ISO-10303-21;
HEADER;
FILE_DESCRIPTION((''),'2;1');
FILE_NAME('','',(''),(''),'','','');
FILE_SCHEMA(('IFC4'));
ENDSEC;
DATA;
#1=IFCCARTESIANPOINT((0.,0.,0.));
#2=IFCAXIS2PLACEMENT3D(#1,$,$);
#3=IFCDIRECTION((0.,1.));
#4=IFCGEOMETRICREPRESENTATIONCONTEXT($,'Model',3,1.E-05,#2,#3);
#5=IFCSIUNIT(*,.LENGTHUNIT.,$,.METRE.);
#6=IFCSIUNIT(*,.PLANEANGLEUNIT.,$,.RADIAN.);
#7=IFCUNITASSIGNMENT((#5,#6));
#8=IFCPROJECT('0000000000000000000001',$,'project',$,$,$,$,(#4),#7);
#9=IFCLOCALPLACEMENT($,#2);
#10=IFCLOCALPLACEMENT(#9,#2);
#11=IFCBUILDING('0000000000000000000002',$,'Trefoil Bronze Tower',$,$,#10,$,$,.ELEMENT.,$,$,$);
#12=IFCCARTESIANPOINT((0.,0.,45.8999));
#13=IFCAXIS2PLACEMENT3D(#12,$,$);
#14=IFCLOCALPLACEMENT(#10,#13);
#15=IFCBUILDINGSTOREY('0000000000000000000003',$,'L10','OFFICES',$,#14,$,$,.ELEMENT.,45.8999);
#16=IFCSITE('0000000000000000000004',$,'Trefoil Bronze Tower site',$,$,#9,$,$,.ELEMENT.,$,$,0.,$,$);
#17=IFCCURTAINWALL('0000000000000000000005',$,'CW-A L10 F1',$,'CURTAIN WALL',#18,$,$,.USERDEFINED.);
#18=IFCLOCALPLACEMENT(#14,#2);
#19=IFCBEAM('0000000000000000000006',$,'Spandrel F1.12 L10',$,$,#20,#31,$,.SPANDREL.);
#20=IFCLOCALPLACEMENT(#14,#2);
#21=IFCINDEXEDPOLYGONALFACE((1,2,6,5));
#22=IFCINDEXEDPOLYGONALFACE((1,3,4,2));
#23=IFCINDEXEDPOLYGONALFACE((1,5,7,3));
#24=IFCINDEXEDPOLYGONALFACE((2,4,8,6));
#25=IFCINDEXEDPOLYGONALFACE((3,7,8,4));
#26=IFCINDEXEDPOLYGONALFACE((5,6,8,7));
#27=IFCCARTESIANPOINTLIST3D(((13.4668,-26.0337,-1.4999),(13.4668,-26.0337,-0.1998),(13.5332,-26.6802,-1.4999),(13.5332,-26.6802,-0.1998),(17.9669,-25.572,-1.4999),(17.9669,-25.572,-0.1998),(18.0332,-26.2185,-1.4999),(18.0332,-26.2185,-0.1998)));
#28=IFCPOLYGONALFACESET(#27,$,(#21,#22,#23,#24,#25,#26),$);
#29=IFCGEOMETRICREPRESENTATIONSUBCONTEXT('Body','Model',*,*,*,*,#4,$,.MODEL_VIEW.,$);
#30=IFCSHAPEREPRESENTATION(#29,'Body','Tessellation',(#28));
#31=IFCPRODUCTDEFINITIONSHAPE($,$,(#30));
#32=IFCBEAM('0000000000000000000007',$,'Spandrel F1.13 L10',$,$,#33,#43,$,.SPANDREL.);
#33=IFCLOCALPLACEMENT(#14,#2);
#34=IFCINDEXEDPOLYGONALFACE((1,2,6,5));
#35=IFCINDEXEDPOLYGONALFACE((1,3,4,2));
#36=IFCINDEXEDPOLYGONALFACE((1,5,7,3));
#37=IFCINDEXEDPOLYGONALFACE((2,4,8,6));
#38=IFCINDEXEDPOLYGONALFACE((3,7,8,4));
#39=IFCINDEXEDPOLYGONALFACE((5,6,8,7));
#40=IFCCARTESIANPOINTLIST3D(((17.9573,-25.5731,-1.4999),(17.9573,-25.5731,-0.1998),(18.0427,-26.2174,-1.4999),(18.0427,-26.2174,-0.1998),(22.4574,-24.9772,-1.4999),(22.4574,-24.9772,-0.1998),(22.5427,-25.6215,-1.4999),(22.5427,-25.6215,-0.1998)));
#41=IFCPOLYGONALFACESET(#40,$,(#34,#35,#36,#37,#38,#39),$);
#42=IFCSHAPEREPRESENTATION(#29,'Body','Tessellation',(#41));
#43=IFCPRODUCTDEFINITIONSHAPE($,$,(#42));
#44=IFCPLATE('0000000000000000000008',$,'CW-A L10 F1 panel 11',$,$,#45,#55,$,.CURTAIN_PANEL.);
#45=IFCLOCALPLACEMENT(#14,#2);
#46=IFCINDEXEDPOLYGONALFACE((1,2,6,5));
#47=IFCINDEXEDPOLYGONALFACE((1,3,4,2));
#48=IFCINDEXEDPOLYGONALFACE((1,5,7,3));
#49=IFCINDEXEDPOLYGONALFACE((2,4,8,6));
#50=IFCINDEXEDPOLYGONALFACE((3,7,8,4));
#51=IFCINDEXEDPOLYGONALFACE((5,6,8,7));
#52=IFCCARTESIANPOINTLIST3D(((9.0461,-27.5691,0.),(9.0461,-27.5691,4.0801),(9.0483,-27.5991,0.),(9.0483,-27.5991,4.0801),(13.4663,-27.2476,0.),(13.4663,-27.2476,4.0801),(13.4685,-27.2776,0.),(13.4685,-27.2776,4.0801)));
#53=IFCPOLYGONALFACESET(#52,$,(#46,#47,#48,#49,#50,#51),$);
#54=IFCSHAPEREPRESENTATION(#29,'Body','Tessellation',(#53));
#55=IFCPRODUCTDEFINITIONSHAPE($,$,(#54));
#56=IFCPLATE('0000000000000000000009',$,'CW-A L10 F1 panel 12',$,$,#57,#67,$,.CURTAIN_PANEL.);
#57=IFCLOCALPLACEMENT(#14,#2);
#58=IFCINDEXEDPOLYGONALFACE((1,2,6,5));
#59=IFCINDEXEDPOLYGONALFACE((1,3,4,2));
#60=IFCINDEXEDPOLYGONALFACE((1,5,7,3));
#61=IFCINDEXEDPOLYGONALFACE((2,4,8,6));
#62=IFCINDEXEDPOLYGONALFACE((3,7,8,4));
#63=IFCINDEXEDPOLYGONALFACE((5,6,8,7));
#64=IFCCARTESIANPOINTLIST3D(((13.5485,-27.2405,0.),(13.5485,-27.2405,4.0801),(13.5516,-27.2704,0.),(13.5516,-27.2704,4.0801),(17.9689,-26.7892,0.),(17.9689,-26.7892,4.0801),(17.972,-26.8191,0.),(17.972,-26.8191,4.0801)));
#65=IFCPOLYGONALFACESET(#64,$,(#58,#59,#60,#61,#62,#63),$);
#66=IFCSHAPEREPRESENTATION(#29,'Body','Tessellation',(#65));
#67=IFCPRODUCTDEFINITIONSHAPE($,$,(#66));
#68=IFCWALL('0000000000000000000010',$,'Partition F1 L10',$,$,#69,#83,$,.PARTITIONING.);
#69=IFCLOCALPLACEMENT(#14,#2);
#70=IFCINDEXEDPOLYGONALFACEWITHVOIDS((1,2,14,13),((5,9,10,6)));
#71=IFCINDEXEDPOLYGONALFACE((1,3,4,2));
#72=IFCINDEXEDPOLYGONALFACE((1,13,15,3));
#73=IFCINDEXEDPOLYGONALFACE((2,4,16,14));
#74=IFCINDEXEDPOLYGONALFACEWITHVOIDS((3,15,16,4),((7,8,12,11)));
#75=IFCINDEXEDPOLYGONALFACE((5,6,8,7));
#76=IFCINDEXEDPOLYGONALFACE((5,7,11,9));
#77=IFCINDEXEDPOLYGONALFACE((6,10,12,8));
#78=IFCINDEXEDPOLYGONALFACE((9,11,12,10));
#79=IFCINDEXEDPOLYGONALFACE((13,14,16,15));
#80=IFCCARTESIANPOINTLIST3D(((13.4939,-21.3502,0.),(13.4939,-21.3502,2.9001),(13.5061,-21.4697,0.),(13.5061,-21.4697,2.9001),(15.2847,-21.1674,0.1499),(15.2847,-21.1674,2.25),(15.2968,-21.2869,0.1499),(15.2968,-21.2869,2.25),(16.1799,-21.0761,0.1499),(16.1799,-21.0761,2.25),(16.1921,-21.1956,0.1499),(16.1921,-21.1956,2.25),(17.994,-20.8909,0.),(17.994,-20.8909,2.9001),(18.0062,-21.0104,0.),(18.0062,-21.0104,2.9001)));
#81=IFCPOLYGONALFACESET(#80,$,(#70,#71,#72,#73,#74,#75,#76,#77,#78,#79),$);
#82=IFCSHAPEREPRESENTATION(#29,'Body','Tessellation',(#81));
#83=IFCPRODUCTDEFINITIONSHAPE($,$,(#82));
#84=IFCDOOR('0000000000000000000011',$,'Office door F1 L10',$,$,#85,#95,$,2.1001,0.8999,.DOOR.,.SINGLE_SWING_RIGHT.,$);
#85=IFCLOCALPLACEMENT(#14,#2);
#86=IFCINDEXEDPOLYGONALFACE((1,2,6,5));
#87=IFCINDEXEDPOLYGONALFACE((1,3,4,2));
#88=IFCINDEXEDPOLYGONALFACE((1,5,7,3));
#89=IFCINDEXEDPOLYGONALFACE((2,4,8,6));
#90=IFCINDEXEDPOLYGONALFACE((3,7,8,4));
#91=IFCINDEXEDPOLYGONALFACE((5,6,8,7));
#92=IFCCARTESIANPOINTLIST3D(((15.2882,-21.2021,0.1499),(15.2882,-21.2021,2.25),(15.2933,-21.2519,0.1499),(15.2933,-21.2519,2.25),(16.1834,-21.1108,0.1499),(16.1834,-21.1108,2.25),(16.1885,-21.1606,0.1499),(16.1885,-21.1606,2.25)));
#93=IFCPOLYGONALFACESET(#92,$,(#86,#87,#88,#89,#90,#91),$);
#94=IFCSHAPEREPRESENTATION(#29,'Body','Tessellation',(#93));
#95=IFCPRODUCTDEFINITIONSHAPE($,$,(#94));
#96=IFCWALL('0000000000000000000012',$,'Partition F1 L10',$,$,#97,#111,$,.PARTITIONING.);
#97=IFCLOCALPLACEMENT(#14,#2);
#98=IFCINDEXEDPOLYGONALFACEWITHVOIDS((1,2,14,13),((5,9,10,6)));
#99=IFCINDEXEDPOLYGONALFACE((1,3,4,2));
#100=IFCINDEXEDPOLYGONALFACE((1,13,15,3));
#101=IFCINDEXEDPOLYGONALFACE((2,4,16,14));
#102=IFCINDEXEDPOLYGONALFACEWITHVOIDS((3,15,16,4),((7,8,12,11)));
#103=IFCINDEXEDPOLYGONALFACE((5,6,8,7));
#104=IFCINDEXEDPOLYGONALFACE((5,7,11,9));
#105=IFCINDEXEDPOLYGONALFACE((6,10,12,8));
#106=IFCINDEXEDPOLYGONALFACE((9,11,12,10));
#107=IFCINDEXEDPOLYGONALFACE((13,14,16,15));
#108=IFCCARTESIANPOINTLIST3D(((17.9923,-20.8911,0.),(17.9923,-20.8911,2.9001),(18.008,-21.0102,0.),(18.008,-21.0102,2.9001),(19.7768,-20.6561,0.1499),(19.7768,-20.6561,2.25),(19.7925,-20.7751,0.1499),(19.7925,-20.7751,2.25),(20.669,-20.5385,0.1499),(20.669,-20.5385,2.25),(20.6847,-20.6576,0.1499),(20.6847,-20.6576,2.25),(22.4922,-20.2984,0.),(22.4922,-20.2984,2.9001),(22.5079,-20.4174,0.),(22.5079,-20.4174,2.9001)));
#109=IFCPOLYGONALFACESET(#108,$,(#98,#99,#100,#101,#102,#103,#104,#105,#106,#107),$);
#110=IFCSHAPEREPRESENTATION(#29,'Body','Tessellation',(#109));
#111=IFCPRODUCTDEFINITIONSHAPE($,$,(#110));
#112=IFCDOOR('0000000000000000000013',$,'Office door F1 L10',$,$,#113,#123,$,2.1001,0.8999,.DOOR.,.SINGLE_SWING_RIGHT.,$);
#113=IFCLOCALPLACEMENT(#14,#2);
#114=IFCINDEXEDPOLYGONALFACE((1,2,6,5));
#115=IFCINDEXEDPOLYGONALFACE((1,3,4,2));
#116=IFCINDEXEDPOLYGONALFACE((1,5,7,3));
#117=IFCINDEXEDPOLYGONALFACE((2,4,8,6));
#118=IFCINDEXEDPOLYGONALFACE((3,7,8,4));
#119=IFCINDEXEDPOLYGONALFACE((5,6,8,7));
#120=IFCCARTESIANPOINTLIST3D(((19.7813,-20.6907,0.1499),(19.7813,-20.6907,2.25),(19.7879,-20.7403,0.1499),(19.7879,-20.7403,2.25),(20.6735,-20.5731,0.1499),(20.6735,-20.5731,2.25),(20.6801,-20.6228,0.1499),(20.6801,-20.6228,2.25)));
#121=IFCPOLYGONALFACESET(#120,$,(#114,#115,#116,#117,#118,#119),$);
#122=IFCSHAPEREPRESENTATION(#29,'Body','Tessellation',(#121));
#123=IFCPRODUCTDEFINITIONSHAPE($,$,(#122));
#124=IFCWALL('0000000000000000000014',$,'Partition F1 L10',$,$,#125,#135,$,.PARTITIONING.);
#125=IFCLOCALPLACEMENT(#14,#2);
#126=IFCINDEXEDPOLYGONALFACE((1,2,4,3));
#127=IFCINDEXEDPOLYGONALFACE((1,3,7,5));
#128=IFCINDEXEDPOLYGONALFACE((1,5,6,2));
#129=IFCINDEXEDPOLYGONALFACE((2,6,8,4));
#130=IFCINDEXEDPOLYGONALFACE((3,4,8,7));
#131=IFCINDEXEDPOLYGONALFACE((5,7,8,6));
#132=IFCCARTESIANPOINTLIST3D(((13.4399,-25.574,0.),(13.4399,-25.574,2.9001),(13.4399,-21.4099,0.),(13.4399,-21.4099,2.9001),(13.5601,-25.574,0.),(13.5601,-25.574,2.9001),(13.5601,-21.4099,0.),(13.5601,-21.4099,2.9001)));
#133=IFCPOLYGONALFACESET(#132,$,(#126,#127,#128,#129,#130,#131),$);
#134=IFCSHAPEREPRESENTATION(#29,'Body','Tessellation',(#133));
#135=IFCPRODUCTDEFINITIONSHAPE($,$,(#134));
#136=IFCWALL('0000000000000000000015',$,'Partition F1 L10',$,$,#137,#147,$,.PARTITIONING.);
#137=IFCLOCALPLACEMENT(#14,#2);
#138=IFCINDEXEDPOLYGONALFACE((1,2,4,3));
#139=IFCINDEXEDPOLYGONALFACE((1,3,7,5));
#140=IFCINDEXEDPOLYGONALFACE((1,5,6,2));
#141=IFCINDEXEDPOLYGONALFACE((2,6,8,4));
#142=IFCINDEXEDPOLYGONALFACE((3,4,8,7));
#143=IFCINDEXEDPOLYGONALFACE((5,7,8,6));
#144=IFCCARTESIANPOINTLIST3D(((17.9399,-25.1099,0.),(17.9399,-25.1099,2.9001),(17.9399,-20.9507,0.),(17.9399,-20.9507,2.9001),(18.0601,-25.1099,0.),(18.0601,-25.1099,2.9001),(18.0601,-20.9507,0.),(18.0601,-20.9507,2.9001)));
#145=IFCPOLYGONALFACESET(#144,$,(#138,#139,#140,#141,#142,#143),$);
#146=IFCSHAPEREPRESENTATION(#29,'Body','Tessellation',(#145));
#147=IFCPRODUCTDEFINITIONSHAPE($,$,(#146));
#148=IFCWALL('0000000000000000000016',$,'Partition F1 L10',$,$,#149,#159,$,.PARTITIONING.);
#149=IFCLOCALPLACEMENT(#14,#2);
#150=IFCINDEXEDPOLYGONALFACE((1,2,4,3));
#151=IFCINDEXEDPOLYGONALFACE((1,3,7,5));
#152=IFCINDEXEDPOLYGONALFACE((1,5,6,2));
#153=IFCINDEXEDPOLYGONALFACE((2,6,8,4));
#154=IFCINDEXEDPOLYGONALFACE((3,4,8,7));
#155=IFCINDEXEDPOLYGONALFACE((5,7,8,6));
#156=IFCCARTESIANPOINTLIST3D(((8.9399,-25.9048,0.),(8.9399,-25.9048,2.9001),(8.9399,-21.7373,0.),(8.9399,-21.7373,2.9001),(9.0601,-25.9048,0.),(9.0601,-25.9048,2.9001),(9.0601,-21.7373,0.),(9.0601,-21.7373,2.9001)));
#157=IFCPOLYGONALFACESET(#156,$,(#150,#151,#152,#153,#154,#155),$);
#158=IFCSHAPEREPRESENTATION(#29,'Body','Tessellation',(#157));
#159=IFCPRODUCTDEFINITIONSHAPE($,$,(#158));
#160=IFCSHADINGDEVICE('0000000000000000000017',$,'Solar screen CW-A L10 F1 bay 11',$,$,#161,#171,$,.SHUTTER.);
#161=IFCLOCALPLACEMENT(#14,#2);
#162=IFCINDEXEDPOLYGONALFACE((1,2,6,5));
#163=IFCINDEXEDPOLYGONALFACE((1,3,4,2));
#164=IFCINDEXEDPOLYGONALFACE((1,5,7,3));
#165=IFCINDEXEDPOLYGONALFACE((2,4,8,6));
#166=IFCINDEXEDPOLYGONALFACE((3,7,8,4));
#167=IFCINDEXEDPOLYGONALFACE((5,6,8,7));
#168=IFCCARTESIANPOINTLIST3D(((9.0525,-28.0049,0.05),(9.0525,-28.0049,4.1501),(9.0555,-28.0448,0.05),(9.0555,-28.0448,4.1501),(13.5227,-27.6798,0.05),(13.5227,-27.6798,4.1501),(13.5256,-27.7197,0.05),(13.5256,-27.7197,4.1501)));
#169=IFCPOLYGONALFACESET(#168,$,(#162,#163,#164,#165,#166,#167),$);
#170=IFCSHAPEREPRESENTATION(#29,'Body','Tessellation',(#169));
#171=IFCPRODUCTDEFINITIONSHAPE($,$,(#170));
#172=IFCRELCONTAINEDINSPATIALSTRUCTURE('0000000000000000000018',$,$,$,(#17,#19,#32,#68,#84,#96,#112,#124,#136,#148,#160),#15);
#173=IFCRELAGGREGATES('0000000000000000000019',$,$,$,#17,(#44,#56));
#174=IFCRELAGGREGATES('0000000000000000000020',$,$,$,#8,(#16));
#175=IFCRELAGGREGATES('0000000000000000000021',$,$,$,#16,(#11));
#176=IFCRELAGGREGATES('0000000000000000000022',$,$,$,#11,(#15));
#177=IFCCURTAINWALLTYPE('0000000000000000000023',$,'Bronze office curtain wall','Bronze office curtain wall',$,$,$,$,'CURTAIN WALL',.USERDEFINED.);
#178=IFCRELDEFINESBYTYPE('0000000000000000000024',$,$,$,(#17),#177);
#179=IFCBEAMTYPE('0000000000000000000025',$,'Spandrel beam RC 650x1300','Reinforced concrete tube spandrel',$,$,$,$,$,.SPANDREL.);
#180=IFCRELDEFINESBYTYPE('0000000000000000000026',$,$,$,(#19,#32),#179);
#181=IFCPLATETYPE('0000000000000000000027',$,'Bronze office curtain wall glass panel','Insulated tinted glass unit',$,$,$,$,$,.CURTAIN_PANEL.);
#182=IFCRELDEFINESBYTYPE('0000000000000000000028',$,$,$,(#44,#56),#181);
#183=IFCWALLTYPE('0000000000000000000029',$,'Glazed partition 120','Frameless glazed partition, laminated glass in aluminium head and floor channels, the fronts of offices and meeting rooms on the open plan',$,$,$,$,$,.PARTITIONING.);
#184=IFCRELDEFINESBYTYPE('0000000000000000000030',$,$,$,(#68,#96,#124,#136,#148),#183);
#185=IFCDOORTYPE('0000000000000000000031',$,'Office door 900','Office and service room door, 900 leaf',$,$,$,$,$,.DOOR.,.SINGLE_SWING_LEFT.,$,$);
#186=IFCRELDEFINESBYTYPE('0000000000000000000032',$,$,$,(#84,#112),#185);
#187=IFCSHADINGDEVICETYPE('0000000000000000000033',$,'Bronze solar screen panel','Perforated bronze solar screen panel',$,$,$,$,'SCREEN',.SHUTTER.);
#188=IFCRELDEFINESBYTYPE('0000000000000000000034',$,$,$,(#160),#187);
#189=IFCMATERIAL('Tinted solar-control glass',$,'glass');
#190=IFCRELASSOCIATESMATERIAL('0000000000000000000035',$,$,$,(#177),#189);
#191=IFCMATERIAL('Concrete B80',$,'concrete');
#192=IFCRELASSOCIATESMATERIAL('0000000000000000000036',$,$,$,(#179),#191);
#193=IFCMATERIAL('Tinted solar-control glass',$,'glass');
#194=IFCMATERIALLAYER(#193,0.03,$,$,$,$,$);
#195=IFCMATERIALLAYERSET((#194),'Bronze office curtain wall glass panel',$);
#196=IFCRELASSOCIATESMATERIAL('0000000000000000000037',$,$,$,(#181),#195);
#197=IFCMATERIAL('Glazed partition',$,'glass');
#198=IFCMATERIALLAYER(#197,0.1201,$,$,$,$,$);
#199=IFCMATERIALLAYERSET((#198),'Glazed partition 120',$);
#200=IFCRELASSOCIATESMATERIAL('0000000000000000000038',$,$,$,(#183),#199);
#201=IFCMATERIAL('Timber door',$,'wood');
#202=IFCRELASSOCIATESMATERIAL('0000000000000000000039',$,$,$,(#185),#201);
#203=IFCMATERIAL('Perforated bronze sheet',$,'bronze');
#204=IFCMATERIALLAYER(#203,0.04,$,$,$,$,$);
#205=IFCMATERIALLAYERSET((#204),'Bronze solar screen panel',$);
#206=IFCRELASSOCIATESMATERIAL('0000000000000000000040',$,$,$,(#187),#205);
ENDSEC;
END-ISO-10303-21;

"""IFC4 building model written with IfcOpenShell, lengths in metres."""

from ifc_helpers import new_model, si_unit, direction, frame, frame_2d, origin, origin_2d, place, context, subcontext, project, spatial, rectangle, extrude, material, layer, layer_set, material_profile, profile_set, type_object, element, fill, aggregate, save


model = new_model("IFC4")

# Units and contexts
model_context = context("Model", 3, precision=1e-05, world=origin(), true_north=direction((0.0, 1.0)))
body_context = subcontext(model_context, "Body", "Model", "MODEL_VIEW")
ifc_project = project(units=[si_unit("LENGTHUNIT", "METRE"), si_unit("PLANEANGLEUNIT", "RADIAN")], contexts=[model_context])

# Site, building, storey
site_placement = place(None, origin())
site = spatial("IfcSite", under=ifc_project, at=site_placement, Name="Trefoil Bronze Tower site", CompositionType="ELEMENT", RefElevation=0.0)
building_placement = place(site_placement, origin())
building = spatial("IfcBuilding", under=site, at=building_placement, Name="Trefoil Bronze Tower", CompositionType="ELEMENT")
storey_placement = place(building_placement, frame((0.0, 0.0, 45.8999)))
storey = spatial("IfcBuildingStorey", under=building, at=storey_placement, Name="L10", Description="OFFICES", CompositionType="ELEMENT", Elevation=45.8999)

# Curtain wall
ifc_material_1 = material(Name="Tinted solar-control glass", Category="glass")
curtain_wall_type = type_object("IfcCurtainWallType", Name="Bronze office curtain wall", Description="Bronze office curtain wall", ElementType="CURTAIN WALL", PredefinedType="USERDEFINED", material=ifc_material_1)
curtain_wall_placement = place(storey_placement, origin())
curtain_wall = element("IfcCurtainWall", 1, at=curtain_wall_placement, inside=storey, type_object=curtain_wall_type, Name="CW-A L10 F1", ObjectType="CURTAIN WALL", PredefinedType="USERDEFINED")

# Beams
ifc_material_2 = material(Name="Concrete B80", Category="concrete")
ifc_material_profile_1 = material_profile(ifc_material_2, rectangle(XDim=0.6499, YDim=1.3, at=origin_2d()), Name="RC 650x1300")
ifc_profile_set_1 = profile_set([ifc_material_profile_1], Name="Concrete B80")
beam_type_1 = type_object("IfcBeamType", Name="Spandrel beam RC 650x1300", Description="Reinforced concrete tube spandrel", PredefinedType="SPANDREL", material=ifc_profile_set_1)
beam_1_placement = place(storey_placement, frame((13.5, -26.3569, -0.8499), z_axis=(0.994778, 0.102058, 0.0), x_axis=(-0.102058, 0.994778, 0.0)))
element("IfcBeam", 2, at=beam_1_placement, inside=storey, type_object=beam_type_1, Name="Spandrel F1.12 L10", PredefinedType="SPANDREL", context=body_context, shape_type="SweptSolid", body=[
    extrude(rectangle(XDim=0.6499, YDim=1.3, at=origin_2d()), origin(), (0.0, 0.0, 1.0), 4.5237),
])
beam_2_placement = place(storey_placement, frame((18.0, -25.8953, -0.8499), z_axis=(0.991344, 0.131286, 0.0), x_axis=(-0.131286, 0.991344, 0.0)))
element("IfcBeam", 3, at=beam_2_placement, inside=storey, type_object=beam_type_1, Name="Spandrel F1.13 L10", PredefinedType="SPANDREL", context=body_context, shape_type="SweptSolid", body=[
    extrude(rectangle(XDim=0.6499, YDim=1.3, at=origin_2d()), origin(), (0.0, 0.0, 1.0), 4.5393),
])

# Plates
ifc_material_3 = material(Name="Tinted solar-control glass", Category="glass")
ifc_layer_1 = layer(ifc_material_3, 0.03)
ifc_layer_set_1 = layer_set([ifc_layer_1], Name="Bronze office curtain wall glass panel")
plate_type = type_object("IfcPlateType", Name="Bronze office curtain wall glass panel", Description="Insulated tinted glass unit", PredefinedType="CURTAIN_PANEL", material=ifc_layer_set_1)
plate_1_placement = place(storey_placement, frame((11.2573, -27.4233, 0.0), z_axis=(0.0, 0.0, 1.0), x_axis=(0.997365, 0.072547, 0.0)))
plate_1 = element("IfcPlate", 4, at=plate_1_placement, type_object=plate_type, Name="CW-A L10 F1 panel 11", PredefinedType="CURTAIN_PANEL", context=body_context, shape_type="SweptSolid", body=[
    extrude(rectangle(XDim=4.4319, YDim=0.03, at=origin_2d()), origin(), (0.0, 0.0, 1.0), 4.0801),
])
plate_2_placement = place(storey_placement, frame((15.7603, -27.0298, 0.0), z_axis=(0.0, 0.0, 1.0), x_axis=(0.994829, 0.101565, 0.0)))
plate_2 = element("IfcPlate", 5, at=plate_2_placement, type_object=plate_type, Name="CW-A L10 F1 panel 12", PredefinedType="CURTAIN_PANEL", context=body_context, shape_type="SweptSolid", body=[
    extrude(rectangle(XDim=4.4434, YDim=0.03, at=origin_2d()), origin(), (0.0, 0.0, 1.0), 4.0801),
])
aggregate(curtain_wall, [plate_1, plate_2])

# Walls, openings, doors
ifc_material_4 = material(Name="Glazed partition", Category="glass")
ifc_layer_2 = layer(ifc_material_4, 0.1201)
ifc_layer_set_2 = layer_set([ifc_layer_2], Name="Glazed partition 120")
wall_type = type_object("IfcWallType", Name="Glazed partition 120", Description="Frameless glazed partition, laminated glass in aluminium head and floor channels, the fronts of offices and meeting rooms on the open plan", PredefinedType="PARTITIONING", material=ifc_layer_set_2)
wall_1_placement = place(storey_placement, frame((13.5, -21.4099, 0.0), z_axis=(0.0, 0.0, 1.0), x_axis=(0.994833, 0.101523, 0.0)))
wall_1 = element("IfcWall", 6, at=wall_1_placement, inside=storey, type_object=wall_type, Name="Partition F1 L10", PredefinedType="PARTITIONING", context=body_context, shape_type="SweptSolid", body=[
    extrude(rectangle(XDim=4.5234, YDim=0.1201, at=frame_2d((2.2617, 0.0))), origin(), (0.0, 0.0, 1.0), 2.9001),
])
opening_1_placement = place(wall_1_placement, frame((1.8, 0.0, 0.1499)))
opening_1 = element("IfcOpeningElement", 7, at=opening_1_placement, cuts=wall_1, PredefinedType="OPENING", context=body_context, shape_type="SweptSolid", body=[
    extrude(rectangle(XDim=0.8999, YDim=2.1001, at=frame_2d((0.45, 1.05))), frame((0.0, 0.0701, 0.0), z_axis=(0.0, -1.0, 0.0), x_axis=(1.0, 0.0, 0.0)), (0.0, 0.0, 1.0), 0.1401),
])
ifc_material_5 = material(Name="Timber door", Category="wood")
door_type = type_object("IfcDoorType", Name="Office door 900", Description="Office and service room door, 900 leaf", OperationType="SINGLE_SWING_LEFT", PredefinedType="DOOR", material=ifc_material_5)
door_1_placement = place(opening_1_placement, frame((0.8999, 0.0, 0.0), z_axis=(0.0, 0.0, 1.0), x_axis=(-1.0, 0.0, 0.0)))
door_1 = element("IfcDoor", 8, at=door_1_placement, inside=storey, type_object=door_type, Name="Office door F1 L10", OperationType="SINGLE_SWING_RIGHT", OverallHeight=2.1001, OverallWidth=0.8999, PredefinedType="DOOR", context=body_context, shape_type="SweptSolid", body=[
    extrude(rectangle(XDim=0.8999, YDim=2.1001, at=frame_2d((0.45, 1.05))), frame((0.0, 0.0249, 0.0), z_axis=(0.0, -1.0, 0.0), x_axis=(1.0, 0.0, 0.0)), (0.0, 0.0, 1.0), 0.05),
])
fill(opening_1, door_1)
wall_2_placement = place(storey_placement, frame((18.0, -20.9507, 0.0), z_axis=(0.0, 0.0, 1.0), x_axis=(0.991435, 0.130599, 0.0)))
wall_2 = element("IfcWall", 9, at=wall_2_placement, inside=storey, type_object=wall_type, Name="Partition F1 L10", PredefinedType="PARTITIONING", context=body_context, shape_type="SweptSolid", body=[
    extrude(rectangle(XDim=4.5388, YDim=0.1201, at=frame_2d((2.2695, 0.0))), origin(), (0.0, 0.0, 1.0), 2.9001),
])
opening_2_placement = place(wall_2_placement, frame((1.8, 0.0, 0.1499)))
opening_2 = element("IfcOpeningElement", 10, at=opening_2_placement, cuts=wall_2, PredefinedType="OPENING", context=body_context, shape_type="SweptSolid", body=[
    extrude(rectangle(XDim=0.8999, YDim=2.1001, at=frame_2d((0.45, 1.05))), frame((0.0, 0.0701, 0.0), z_axis=(0.0, -1.0, 0.0), x_axis=(1.0, 0.0, 0.0)), (0.0, 0.0, 1.0), 0.1401),
])
door_2_placement = place(opening_2_placement, frame((0.8999, 0.0, 0.0), z_axis=(0.0, 0.0, 1.0), x_axis=(-1.0, 0.0, 0.0)))
door_2 = element("IfcDoor", 11, at=door_2_placement, inside=storey, type_object=door_type, Name="Office door F1 L10", OperationType="SINGLE_SWING_RIGHT", OverallHeight=2.1001, OverallWidth=0.8999, PredefinedType="DOOR", context=body_context, shape_type="SweptSolid", body=[
    extrude(rectangle(XDim=0.8999, YDim=2.1001, at=frame_2d((0.45, 1.05))), frame((0.0, 0.0249, 0.0), z_axis=(0.0, -1.0, 0.0), x_axis=(1.0, 0.0, 0.0)), (0.0, 0.0, 1.0), 0.05),
])
fill(opening_2, door_2)

# Walls
wall_3_placement = place(storey_placement, frame((13.5, -21.4099, 0.0), z_axis=(0.0, 0.0, 1.0), x_axis=(0.0, -1.0, 0.0)))
element("IfcWall", 12, at=wall_3_placement, inside=storey, type_object=wall_type, Name="Partition F1 L10", PredefinedType="PARTITIONING", context=body_context, shape_type="SweptSolid", body=[
    extrude(rectangle(XDim=4.1641, YDim=0.1201, at=frame_2d((2.082, 0.0))), origin(), (0.0, 0.0, 1.0), 2.9001),
])
wall_4_placement = place(storey_placement, frame((18.0, -20.9507, 0.0), z_axis=(0.0, 0.0, 1.0), x_axis=(0.0, -1.0, 0.0)))
element("IfcWall", 13, at=wall_4_placement, inside=storey, type_object=wall_type, Name="Partition F1 L10", PredefinedType="PARTITIONING", context=body_context, shape_type="SweptSolid", body=[
    extrude(rectangle(XDim=4.1592, YDim=0.1201, at=frame_2d((2.0796, 0.0))), origin(), (0.0, 0.0, 1.0), 2.9001),
])
wall_5_placement = place(storey_placement, frame((9.0, -21.7373, 0.0), z_axis=(0.0, 0.0, 1.0), x_axis=(0.0, -1.0, 0.0)))
element("IfcWall", 14, at=wall_5_placement, inside=storey, type_object=wall_type, Name="Partition F1 L10", PredefinedType="PARTITIONING", context=body_context, shape_type="SweptSolid", body=[
    extrude(rectangle(XDim=4.1675, YDim=0.1201, at=frame_2d((2.0837, 0.0))), origin(), (0.0, 0.0, 1.0), 2.9001),
])

# Shading device
ifc_material_6 = material(Name="Perforated bronze sheet", Category="bronze")
ifc_layer_3 = layer(ifc_material_6, 0.04)
ifc_layer_set_3 = layer_set([ifc_layer_3], Name="Bronze solar screen panel")
shading_device_type = type_object("IfcShadingDeviceType", Name="Bronze solar screen panel", Description="Perforated bronze solar screen panel", ElementType="SCREEN", PredefinedType="SHUTTER", material=ifc_layer_set_3)
shading_device_1_placement = place(storey_placement, frame((11.2891, -27.8623, 0.05), z_axis=(0.0, 0.0, 1.0), x_axis=(0.997365, 0.072547, 0.0)))
element("IfcShadingDevice", 15, at=shading_device_1_placement, inside=storey, type_object=shading_device_type, Name="Solar screen CW-A L10 F1 bay 11", PredefinedType="SHUTTER", context=body_context, shape_type="SweptSolid", body=[
    extrude(rectangle(XDim=4.4819, YDim=0.04, at=origin_2d()), origin(), (0.0, 0.0, 1.0), 4.1001),
])

save(model, "model.ifc")
